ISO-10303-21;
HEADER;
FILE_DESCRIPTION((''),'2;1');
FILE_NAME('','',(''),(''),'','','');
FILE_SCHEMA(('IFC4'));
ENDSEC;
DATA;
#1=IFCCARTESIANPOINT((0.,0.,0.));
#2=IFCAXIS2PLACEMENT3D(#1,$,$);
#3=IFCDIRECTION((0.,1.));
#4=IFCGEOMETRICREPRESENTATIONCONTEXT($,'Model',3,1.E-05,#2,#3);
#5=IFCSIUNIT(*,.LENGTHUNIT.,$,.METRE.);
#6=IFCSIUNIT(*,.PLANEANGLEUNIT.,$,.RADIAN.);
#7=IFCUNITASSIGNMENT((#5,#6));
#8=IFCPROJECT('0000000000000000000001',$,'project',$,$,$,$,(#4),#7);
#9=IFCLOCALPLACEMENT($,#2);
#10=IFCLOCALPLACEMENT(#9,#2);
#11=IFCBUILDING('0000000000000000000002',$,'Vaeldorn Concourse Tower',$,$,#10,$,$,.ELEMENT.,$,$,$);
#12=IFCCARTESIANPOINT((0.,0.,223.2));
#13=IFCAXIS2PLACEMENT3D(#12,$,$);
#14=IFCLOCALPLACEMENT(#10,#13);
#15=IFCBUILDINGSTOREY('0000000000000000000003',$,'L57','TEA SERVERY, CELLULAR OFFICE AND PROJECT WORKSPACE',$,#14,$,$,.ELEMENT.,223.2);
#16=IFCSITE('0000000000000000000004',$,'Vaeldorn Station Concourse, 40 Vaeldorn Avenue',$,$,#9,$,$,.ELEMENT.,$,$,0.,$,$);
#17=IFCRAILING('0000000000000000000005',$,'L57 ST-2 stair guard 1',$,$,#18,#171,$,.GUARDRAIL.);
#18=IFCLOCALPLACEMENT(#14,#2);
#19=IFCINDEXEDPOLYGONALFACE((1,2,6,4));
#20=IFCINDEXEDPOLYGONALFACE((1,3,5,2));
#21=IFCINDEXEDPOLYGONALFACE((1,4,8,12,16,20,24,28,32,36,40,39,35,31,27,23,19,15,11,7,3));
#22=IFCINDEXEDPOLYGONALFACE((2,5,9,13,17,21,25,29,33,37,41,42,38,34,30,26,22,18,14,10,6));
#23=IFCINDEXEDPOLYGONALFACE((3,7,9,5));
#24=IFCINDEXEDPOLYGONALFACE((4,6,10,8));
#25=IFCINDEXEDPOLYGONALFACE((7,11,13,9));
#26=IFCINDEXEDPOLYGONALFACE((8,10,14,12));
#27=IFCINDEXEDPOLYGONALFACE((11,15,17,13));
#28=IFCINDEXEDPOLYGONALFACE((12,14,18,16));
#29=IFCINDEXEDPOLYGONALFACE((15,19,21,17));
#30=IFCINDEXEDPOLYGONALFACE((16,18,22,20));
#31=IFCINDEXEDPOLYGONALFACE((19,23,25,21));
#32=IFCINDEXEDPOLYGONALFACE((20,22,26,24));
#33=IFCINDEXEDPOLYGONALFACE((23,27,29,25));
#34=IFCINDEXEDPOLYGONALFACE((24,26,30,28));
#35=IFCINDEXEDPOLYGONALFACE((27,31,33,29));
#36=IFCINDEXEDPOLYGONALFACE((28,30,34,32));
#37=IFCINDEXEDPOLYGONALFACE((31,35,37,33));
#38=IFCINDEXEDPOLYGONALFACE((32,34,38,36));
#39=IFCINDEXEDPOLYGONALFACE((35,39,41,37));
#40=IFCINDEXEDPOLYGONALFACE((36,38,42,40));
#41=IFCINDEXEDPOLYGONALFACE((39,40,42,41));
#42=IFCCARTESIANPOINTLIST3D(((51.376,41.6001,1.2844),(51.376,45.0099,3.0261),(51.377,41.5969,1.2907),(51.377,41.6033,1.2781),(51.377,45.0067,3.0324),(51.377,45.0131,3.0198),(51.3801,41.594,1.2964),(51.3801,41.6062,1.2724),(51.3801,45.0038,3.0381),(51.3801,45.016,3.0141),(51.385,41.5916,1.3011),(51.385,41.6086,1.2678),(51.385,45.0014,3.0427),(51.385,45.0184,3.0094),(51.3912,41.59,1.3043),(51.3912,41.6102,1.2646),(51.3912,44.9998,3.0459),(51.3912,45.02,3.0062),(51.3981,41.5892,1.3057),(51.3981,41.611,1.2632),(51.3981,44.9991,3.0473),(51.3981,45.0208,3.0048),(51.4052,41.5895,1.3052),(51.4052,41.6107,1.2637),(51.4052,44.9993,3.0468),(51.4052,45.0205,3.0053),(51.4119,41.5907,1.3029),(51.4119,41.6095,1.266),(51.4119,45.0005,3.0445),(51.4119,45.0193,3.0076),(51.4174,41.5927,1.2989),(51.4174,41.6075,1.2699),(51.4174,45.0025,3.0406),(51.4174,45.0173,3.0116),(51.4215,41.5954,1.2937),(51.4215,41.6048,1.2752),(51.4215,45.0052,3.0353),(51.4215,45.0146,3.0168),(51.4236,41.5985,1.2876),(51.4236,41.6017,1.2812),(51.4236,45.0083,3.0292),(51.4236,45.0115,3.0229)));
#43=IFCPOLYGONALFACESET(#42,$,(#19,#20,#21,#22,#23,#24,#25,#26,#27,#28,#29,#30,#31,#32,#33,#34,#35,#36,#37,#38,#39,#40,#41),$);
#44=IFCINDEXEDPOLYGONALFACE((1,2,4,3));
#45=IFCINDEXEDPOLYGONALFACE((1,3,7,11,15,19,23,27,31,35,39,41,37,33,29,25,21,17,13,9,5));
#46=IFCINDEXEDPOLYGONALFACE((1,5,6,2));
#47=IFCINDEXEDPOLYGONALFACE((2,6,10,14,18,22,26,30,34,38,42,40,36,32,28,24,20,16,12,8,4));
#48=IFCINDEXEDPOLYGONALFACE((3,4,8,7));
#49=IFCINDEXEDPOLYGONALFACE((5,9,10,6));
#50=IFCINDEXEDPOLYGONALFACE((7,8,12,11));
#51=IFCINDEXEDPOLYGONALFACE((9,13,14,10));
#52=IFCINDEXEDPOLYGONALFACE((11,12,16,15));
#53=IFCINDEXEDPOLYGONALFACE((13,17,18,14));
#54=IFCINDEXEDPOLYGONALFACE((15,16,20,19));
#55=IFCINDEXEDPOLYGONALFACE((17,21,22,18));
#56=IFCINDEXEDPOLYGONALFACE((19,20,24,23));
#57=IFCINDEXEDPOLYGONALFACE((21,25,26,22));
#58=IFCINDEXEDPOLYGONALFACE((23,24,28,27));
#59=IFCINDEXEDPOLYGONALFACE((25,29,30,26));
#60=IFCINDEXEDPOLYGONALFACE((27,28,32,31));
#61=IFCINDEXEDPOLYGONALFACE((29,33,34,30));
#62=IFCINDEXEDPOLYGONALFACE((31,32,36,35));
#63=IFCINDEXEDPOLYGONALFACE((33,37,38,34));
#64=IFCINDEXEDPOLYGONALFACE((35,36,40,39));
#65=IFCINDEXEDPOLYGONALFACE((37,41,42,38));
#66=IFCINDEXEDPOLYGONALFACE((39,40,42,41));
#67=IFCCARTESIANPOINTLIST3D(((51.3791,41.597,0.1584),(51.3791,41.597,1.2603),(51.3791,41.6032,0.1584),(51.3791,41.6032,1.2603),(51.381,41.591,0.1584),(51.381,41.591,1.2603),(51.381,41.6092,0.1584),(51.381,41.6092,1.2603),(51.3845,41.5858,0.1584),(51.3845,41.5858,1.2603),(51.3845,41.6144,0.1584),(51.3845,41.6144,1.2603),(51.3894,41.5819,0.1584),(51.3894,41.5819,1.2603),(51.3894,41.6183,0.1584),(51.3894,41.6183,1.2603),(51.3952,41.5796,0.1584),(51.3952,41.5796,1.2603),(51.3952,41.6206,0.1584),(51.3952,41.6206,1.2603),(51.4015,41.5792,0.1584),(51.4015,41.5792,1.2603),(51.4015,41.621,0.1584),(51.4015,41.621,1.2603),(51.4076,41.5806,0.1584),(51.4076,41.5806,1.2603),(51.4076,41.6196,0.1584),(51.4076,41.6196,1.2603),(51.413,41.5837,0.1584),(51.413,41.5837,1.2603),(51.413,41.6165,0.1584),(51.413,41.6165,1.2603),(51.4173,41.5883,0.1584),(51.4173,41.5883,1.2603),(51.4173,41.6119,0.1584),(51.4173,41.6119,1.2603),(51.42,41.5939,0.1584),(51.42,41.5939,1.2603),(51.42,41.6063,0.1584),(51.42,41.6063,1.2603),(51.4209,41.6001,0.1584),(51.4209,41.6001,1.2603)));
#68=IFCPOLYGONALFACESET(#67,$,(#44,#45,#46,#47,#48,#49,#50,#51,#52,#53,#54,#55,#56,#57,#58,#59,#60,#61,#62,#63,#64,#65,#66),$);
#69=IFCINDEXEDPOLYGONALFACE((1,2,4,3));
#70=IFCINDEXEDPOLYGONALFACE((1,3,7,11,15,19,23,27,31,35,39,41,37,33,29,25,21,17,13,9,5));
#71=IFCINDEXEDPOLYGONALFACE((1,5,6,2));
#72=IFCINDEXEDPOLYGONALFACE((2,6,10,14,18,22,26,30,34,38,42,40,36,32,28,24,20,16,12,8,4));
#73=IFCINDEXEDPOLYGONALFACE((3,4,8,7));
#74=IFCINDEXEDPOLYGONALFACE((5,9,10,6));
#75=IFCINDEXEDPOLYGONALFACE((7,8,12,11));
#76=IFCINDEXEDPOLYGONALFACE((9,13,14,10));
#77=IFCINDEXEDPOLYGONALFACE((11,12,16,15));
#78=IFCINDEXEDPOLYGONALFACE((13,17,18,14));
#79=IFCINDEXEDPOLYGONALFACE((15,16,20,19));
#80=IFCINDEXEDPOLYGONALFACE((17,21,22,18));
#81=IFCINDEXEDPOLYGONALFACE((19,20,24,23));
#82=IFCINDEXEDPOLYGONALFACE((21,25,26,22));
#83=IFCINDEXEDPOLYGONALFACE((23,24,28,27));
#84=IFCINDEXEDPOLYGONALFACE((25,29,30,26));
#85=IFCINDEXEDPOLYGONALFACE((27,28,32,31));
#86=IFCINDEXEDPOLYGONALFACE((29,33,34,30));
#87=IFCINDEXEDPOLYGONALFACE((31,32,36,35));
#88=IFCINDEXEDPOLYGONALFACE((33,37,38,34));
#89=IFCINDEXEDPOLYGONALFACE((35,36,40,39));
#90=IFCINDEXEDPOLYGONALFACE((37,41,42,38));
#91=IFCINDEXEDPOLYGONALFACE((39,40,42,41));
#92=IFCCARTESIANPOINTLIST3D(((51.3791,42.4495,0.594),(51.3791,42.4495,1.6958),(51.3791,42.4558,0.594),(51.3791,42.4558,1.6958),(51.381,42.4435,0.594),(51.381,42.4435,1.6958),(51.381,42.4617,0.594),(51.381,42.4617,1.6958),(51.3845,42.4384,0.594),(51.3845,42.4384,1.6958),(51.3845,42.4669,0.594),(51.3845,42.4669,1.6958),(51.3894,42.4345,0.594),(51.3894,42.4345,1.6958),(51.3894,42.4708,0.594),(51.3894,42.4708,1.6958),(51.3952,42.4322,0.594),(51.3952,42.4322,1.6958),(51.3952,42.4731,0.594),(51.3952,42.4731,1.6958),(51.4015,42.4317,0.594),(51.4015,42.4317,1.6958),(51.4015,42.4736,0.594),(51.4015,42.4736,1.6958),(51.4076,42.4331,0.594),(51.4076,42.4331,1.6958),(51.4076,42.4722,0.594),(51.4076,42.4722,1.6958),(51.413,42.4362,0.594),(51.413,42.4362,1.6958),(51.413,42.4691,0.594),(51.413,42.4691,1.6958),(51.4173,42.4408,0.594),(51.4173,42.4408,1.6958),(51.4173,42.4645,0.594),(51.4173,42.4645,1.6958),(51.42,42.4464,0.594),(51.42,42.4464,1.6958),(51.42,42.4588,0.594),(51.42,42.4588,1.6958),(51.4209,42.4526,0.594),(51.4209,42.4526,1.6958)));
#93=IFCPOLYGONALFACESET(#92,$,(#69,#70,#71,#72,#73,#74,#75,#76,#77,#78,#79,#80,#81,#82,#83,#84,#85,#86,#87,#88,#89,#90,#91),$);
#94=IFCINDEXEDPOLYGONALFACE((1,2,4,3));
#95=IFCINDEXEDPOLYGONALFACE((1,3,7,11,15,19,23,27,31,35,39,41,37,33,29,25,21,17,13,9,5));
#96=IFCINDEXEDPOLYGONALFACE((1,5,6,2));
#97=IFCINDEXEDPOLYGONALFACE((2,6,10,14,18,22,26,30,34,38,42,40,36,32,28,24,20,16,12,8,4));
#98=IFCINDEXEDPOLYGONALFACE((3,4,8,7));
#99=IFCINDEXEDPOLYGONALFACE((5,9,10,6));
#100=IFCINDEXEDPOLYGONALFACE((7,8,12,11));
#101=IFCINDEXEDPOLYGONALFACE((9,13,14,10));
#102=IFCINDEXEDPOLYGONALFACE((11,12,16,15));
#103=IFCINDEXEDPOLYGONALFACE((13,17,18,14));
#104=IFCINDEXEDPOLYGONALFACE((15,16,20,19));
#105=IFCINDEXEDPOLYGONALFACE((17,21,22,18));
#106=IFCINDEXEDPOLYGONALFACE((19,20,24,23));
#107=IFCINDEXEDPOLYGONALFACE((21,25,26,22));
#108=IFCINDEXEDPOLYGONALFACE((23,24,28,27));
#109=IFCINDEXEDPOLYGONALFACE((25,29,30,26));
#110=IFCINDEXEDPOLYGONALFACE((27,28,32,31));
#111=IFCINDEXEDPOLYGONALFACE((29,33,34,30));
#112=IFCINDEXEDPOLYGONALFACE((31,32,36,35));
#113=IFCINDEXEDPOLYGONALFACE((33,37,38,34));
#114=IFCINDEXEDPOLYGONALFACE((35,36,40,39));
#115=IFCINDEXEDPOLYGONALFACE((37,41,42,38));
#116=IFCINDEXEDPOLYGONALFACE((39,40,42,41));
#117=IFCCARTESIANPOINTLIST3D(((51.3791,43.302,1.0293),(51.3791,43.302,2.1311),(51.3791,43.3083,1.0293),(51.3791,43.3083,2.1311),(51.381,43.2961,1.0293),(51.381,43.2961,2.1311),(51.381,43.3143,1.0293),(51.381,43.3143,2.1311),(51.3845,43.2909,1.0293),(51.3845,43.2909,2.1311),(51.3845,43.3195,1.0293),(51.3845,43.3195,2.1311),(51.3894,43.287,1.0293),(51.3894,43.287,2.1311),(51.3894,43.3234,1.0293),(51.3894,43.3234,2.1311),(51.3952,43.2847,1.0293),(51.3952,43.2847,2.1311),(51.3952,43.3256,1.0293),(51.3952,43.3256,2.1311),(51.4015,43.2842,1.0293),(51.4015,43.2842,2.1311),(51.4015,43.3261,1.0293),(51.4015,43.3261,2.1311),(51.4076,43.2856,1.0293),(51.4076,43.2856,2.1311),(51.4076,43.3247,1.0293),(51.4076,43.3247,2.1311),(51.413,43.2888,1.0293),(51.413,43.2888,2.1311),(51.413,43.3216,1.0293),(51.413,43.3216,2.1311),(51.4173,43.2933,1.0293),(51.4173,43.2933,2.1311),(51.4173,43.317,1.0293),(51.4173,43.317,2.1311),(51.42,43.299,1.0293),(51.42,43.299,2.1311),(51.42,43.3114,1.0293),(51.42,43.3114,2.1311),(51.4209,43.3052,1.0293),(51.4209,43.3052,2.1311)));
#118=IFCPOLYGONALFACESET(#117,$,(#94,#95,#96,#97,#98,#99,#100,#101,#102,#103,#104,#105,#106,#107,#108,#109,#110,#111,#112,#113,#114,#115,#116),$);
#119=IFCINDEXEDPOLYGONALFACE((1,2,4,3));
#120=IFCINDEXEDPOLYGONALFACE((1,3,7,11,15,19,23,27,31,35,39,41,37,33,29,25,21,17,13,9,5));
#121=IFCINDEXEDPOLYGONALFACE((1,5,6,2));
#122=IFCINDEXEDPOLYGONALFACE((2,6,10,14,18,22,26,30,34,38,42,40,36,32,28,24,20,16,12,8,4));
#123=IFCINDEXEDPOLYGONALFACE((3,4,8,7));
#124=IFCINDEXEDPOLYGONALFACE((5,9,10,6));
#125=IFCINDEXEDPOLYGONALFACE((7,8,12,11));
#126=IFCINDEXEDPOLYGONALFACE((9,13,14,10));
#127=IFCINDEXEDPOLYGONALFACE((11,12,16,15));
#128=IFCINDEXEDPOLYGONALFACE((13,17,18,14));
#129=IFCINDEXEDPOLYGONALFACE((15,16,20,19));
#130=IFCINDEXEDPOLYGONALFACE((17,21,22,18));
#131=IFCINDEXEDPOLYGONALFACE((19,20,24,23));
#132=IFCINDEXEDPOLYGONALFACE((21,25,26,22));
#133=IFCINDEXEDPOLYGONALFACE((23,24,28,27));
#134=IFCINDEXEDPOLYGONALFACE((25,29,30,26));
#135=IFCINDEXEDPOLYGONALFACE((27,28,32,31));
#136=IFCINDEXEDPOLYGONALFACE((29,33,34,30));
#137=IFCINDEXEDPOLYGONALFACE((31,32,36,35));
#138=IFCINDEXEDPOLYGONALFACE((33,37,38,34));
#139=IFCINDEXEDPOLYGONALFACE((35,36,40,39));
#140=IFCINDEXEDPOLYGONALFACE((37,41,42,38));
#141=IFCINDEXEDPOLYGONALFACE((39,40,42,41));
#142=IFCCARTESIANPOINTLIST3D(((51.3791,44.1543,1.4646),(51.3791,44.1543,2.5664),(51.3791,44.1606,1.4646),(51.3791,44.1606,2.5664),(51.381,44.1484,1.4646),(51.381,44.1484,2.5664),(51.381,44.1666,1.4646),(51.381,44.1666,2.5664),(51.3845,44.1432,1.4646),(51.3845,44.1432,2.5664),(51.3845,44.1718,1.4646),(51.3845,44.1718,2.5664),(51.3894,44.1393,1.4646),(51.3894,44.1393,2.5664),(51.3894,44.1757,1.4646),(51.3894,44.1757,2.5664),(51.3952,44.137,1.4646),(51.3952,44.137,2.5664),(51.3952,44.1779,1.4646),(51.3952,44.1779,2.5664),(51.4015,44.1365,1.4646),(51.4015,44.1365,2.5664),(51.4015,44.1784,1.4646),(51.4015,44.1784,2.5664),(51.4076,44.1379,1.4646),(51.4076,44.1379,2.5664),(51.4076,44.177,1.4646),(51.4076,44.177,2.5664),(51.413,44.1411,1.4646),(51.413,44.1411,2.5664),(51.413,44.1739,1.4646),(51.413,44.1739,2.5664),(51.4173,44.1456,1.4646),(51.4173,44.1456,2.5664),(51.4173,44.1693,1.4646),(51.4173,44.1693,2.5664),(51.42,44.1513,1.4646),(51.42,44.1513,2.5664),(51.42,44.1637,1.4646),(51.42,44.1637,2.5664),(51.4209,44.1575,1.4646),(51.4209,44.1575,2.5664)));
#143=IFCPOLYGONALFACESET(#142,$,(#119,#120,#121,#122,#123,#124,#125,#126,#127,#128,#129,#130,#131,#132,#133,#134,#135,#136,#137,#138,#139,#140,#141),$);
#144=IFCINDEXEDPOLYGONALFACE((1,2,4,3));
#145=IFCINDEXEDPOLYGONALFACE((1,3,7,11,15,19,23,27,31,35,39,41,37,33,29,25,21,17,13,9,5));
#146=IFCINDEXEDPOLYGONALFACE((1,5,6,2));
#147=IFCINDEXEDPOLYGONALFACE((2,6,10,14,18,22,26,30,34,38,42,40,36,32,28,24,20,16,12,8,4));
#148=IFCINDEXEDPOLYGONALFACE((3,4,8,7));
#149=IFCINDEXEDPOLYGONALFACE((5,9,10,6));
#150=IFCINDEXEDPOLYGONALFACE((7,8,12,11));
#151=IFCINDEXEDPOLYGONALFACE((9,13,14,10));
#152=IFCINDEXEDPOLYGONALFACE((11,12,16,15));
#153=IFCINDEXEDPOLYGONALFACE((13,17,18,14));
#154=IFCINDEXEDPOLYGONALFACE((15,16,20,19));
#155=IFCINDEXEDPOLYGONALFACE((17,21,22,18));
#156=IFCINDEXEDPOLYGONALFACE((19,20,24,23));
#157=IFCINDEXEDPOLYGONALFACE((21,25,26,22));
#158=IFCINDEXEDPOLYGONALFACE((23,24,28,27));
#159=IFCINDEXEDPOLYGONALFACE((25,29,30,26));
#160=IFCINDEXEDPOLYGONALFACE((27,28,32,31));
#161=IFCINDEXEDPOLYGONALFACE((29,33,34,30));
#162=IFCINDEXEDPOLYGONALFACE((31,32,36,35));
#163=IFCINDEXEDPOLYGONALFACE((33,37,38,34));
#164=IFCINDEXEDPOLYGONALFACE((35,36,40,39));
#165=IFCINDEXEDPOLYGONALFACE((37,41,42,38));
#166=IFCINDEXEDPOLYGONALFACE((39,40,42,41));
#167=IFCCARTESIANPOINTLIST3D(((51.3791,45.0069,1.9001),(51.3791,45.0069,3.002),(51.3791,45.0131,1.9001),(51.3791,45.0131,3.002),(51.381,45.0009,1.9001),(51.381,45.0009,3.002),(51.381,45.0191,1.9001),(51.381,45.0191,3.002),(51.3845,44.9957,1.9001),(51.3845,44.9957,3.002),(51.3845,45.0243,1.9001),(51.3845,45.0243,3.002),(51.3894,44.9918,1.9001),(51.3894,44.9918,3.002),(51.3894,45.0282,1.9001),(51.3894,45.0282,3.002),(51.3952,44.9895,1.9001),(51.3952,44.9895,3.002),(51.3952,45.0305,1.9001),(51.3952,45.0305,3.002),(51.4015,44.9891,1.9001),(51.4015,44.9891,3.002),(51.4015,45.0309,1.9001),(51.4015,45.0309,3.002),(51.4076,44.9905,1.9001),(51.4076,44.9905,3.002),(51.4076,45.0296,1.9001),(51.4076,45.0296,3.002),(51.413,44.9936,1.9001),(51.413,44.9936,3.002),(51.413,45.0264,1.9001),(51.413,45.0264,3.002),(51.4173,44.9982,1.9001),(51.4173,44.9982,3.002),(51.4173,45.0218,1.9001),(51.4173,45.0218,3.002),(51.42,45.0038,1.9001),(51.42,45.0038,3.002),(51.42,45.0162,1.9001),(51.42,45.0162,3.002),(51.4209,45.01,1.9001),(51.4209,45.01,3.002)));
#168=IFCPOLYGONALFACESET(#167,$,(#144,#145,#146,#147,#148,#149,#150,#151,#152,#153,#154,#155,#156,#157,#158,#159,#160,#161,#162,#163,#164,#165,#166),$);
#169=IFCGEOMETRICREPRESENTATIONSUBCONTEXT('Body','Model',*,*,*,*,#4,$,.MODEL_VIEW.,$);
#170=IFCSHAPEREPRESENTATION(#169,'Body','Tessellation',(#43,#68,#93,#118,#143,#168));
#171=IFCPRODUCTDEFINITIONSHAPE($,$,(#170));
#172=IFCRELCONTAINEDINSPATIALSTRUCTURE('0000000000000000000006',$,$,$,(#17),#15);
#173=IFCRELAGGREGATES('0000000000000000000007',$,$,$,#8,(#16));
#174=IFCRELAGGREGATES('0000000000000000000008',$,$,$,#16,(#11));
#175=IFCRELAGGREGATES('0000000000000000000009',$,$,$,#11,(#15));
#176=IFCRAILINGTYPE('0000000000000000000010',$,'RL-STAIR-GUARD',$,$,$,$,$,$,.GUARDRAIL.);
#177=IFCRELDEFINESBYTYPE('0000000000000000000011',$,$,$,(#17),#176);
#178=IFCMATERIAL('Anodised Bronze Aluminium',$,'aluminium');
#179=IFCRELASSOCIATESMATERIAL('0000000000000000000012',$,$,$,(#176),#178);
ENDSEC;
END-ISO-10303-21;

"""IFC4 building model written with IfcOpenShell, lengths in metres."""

from ifc_helpers import new_model, si_unit, direction, frame, origin, origin_2d, place, context, subcontext, project, spatial, circle, extrude, material, type_object, element, save


model = new_model("IFC4")

# Units and contexts
model_context = context("Model", 3, precision=1e-05, world=origin(), true_north=direction((0.0, 1.0)))
body_context = subcontext(model_context, "Body", "Model", "MODEL_VIEW")
ifc_project = project(units=[si_unit("LENGTHUNIT", "METRE"), si_unit("PLANEANGLEUNIT", "RADIAN")], contexts=[model_context])

# Site, building, storey
site_placement = place(None, origin())
site = spatial("IfcSite", under=ifc_project, at=site_placement, Name="Vaeldorn Station Concourse, 40 Vaeldorn Avenue", CompositionType="ELEMENT", RefElevation=0.0)
building_placement = place(site_placement, origin())
building = spatial("IfcBuilding", under=site, at=building_placement, Name="Vaeldorn Concourse Tower", CompositionType="ELEMENT")
storey_placement = place(building_placement, frame((0.0, 0.0, 223.2)))
storey = spatial("IfcBuildingStorey", under=building, at=storey_placement, Name="L57", Description="TEA SERVERY, CELLULAR OFFICE AND PROJECT WORKSPACE", CompositionType="ELEMENT", Elevation=223.2)

# Shared definitions
ifc_material_1 = material(Name="Anodised Bronze Aluminium", Category="aluminium")

# Railing
railing_type_1 = type_object("IfcRailingType", Name="RL-STAIR-GUARD", PredefinedType="GUARDRAIL", material=ifc_material_1)
railing_1_placement = place(storey_placement, frame((51.3999, 41.6001, 0.1584)))
element("IfcRailing", 1, at=railing_1_placement, inside=storey, type_object=railing_type_1, Name="L57 ST-2 stair guard 1", PredefinedType="GUARDRAIL", context=body_context, shape_type="SweptSolid", body=[
    extrude(circle(Radius=0.0239, at=origin_2d()), frame((0.0, 0.0, 1.126), z_axis=(0.0, 0.890556, 0.454874), x_axis=(-1.0, 0.0, 0.0)), (0.0, 0.0, 1.0), 3.8289),
    extrude(circle(Radius=0.021, at=origin_2d()), origin(), (0.0, 0.0, 1.0), 1.1018),
    extrude(circle(Radius=0.021, at=origin_2d()), frame((0.0, 0.8525, 0.4355)), (0.0, 0.0, 1.0), 1.1018),
    extrude(circle(Radius=0.021, at=origin_2d()), frame((0.0, 1.7051, 0.8708)), (0.0, 0.0, 1.0), 1.1018),
    extrude(circle(Radius=0.021, at=origin_2d()), frame((0.0, 2.5574, 1.3062)), (0.0, 0.0, 1.0), 1.1018),
    extrude(circle(Radius=0.021, at=origin_2d()), frame((0.0, 3.4099, 1.7417)), (0.0, 0.0, 1.0), 1.1018),
])

save(model, "model.ifc")
